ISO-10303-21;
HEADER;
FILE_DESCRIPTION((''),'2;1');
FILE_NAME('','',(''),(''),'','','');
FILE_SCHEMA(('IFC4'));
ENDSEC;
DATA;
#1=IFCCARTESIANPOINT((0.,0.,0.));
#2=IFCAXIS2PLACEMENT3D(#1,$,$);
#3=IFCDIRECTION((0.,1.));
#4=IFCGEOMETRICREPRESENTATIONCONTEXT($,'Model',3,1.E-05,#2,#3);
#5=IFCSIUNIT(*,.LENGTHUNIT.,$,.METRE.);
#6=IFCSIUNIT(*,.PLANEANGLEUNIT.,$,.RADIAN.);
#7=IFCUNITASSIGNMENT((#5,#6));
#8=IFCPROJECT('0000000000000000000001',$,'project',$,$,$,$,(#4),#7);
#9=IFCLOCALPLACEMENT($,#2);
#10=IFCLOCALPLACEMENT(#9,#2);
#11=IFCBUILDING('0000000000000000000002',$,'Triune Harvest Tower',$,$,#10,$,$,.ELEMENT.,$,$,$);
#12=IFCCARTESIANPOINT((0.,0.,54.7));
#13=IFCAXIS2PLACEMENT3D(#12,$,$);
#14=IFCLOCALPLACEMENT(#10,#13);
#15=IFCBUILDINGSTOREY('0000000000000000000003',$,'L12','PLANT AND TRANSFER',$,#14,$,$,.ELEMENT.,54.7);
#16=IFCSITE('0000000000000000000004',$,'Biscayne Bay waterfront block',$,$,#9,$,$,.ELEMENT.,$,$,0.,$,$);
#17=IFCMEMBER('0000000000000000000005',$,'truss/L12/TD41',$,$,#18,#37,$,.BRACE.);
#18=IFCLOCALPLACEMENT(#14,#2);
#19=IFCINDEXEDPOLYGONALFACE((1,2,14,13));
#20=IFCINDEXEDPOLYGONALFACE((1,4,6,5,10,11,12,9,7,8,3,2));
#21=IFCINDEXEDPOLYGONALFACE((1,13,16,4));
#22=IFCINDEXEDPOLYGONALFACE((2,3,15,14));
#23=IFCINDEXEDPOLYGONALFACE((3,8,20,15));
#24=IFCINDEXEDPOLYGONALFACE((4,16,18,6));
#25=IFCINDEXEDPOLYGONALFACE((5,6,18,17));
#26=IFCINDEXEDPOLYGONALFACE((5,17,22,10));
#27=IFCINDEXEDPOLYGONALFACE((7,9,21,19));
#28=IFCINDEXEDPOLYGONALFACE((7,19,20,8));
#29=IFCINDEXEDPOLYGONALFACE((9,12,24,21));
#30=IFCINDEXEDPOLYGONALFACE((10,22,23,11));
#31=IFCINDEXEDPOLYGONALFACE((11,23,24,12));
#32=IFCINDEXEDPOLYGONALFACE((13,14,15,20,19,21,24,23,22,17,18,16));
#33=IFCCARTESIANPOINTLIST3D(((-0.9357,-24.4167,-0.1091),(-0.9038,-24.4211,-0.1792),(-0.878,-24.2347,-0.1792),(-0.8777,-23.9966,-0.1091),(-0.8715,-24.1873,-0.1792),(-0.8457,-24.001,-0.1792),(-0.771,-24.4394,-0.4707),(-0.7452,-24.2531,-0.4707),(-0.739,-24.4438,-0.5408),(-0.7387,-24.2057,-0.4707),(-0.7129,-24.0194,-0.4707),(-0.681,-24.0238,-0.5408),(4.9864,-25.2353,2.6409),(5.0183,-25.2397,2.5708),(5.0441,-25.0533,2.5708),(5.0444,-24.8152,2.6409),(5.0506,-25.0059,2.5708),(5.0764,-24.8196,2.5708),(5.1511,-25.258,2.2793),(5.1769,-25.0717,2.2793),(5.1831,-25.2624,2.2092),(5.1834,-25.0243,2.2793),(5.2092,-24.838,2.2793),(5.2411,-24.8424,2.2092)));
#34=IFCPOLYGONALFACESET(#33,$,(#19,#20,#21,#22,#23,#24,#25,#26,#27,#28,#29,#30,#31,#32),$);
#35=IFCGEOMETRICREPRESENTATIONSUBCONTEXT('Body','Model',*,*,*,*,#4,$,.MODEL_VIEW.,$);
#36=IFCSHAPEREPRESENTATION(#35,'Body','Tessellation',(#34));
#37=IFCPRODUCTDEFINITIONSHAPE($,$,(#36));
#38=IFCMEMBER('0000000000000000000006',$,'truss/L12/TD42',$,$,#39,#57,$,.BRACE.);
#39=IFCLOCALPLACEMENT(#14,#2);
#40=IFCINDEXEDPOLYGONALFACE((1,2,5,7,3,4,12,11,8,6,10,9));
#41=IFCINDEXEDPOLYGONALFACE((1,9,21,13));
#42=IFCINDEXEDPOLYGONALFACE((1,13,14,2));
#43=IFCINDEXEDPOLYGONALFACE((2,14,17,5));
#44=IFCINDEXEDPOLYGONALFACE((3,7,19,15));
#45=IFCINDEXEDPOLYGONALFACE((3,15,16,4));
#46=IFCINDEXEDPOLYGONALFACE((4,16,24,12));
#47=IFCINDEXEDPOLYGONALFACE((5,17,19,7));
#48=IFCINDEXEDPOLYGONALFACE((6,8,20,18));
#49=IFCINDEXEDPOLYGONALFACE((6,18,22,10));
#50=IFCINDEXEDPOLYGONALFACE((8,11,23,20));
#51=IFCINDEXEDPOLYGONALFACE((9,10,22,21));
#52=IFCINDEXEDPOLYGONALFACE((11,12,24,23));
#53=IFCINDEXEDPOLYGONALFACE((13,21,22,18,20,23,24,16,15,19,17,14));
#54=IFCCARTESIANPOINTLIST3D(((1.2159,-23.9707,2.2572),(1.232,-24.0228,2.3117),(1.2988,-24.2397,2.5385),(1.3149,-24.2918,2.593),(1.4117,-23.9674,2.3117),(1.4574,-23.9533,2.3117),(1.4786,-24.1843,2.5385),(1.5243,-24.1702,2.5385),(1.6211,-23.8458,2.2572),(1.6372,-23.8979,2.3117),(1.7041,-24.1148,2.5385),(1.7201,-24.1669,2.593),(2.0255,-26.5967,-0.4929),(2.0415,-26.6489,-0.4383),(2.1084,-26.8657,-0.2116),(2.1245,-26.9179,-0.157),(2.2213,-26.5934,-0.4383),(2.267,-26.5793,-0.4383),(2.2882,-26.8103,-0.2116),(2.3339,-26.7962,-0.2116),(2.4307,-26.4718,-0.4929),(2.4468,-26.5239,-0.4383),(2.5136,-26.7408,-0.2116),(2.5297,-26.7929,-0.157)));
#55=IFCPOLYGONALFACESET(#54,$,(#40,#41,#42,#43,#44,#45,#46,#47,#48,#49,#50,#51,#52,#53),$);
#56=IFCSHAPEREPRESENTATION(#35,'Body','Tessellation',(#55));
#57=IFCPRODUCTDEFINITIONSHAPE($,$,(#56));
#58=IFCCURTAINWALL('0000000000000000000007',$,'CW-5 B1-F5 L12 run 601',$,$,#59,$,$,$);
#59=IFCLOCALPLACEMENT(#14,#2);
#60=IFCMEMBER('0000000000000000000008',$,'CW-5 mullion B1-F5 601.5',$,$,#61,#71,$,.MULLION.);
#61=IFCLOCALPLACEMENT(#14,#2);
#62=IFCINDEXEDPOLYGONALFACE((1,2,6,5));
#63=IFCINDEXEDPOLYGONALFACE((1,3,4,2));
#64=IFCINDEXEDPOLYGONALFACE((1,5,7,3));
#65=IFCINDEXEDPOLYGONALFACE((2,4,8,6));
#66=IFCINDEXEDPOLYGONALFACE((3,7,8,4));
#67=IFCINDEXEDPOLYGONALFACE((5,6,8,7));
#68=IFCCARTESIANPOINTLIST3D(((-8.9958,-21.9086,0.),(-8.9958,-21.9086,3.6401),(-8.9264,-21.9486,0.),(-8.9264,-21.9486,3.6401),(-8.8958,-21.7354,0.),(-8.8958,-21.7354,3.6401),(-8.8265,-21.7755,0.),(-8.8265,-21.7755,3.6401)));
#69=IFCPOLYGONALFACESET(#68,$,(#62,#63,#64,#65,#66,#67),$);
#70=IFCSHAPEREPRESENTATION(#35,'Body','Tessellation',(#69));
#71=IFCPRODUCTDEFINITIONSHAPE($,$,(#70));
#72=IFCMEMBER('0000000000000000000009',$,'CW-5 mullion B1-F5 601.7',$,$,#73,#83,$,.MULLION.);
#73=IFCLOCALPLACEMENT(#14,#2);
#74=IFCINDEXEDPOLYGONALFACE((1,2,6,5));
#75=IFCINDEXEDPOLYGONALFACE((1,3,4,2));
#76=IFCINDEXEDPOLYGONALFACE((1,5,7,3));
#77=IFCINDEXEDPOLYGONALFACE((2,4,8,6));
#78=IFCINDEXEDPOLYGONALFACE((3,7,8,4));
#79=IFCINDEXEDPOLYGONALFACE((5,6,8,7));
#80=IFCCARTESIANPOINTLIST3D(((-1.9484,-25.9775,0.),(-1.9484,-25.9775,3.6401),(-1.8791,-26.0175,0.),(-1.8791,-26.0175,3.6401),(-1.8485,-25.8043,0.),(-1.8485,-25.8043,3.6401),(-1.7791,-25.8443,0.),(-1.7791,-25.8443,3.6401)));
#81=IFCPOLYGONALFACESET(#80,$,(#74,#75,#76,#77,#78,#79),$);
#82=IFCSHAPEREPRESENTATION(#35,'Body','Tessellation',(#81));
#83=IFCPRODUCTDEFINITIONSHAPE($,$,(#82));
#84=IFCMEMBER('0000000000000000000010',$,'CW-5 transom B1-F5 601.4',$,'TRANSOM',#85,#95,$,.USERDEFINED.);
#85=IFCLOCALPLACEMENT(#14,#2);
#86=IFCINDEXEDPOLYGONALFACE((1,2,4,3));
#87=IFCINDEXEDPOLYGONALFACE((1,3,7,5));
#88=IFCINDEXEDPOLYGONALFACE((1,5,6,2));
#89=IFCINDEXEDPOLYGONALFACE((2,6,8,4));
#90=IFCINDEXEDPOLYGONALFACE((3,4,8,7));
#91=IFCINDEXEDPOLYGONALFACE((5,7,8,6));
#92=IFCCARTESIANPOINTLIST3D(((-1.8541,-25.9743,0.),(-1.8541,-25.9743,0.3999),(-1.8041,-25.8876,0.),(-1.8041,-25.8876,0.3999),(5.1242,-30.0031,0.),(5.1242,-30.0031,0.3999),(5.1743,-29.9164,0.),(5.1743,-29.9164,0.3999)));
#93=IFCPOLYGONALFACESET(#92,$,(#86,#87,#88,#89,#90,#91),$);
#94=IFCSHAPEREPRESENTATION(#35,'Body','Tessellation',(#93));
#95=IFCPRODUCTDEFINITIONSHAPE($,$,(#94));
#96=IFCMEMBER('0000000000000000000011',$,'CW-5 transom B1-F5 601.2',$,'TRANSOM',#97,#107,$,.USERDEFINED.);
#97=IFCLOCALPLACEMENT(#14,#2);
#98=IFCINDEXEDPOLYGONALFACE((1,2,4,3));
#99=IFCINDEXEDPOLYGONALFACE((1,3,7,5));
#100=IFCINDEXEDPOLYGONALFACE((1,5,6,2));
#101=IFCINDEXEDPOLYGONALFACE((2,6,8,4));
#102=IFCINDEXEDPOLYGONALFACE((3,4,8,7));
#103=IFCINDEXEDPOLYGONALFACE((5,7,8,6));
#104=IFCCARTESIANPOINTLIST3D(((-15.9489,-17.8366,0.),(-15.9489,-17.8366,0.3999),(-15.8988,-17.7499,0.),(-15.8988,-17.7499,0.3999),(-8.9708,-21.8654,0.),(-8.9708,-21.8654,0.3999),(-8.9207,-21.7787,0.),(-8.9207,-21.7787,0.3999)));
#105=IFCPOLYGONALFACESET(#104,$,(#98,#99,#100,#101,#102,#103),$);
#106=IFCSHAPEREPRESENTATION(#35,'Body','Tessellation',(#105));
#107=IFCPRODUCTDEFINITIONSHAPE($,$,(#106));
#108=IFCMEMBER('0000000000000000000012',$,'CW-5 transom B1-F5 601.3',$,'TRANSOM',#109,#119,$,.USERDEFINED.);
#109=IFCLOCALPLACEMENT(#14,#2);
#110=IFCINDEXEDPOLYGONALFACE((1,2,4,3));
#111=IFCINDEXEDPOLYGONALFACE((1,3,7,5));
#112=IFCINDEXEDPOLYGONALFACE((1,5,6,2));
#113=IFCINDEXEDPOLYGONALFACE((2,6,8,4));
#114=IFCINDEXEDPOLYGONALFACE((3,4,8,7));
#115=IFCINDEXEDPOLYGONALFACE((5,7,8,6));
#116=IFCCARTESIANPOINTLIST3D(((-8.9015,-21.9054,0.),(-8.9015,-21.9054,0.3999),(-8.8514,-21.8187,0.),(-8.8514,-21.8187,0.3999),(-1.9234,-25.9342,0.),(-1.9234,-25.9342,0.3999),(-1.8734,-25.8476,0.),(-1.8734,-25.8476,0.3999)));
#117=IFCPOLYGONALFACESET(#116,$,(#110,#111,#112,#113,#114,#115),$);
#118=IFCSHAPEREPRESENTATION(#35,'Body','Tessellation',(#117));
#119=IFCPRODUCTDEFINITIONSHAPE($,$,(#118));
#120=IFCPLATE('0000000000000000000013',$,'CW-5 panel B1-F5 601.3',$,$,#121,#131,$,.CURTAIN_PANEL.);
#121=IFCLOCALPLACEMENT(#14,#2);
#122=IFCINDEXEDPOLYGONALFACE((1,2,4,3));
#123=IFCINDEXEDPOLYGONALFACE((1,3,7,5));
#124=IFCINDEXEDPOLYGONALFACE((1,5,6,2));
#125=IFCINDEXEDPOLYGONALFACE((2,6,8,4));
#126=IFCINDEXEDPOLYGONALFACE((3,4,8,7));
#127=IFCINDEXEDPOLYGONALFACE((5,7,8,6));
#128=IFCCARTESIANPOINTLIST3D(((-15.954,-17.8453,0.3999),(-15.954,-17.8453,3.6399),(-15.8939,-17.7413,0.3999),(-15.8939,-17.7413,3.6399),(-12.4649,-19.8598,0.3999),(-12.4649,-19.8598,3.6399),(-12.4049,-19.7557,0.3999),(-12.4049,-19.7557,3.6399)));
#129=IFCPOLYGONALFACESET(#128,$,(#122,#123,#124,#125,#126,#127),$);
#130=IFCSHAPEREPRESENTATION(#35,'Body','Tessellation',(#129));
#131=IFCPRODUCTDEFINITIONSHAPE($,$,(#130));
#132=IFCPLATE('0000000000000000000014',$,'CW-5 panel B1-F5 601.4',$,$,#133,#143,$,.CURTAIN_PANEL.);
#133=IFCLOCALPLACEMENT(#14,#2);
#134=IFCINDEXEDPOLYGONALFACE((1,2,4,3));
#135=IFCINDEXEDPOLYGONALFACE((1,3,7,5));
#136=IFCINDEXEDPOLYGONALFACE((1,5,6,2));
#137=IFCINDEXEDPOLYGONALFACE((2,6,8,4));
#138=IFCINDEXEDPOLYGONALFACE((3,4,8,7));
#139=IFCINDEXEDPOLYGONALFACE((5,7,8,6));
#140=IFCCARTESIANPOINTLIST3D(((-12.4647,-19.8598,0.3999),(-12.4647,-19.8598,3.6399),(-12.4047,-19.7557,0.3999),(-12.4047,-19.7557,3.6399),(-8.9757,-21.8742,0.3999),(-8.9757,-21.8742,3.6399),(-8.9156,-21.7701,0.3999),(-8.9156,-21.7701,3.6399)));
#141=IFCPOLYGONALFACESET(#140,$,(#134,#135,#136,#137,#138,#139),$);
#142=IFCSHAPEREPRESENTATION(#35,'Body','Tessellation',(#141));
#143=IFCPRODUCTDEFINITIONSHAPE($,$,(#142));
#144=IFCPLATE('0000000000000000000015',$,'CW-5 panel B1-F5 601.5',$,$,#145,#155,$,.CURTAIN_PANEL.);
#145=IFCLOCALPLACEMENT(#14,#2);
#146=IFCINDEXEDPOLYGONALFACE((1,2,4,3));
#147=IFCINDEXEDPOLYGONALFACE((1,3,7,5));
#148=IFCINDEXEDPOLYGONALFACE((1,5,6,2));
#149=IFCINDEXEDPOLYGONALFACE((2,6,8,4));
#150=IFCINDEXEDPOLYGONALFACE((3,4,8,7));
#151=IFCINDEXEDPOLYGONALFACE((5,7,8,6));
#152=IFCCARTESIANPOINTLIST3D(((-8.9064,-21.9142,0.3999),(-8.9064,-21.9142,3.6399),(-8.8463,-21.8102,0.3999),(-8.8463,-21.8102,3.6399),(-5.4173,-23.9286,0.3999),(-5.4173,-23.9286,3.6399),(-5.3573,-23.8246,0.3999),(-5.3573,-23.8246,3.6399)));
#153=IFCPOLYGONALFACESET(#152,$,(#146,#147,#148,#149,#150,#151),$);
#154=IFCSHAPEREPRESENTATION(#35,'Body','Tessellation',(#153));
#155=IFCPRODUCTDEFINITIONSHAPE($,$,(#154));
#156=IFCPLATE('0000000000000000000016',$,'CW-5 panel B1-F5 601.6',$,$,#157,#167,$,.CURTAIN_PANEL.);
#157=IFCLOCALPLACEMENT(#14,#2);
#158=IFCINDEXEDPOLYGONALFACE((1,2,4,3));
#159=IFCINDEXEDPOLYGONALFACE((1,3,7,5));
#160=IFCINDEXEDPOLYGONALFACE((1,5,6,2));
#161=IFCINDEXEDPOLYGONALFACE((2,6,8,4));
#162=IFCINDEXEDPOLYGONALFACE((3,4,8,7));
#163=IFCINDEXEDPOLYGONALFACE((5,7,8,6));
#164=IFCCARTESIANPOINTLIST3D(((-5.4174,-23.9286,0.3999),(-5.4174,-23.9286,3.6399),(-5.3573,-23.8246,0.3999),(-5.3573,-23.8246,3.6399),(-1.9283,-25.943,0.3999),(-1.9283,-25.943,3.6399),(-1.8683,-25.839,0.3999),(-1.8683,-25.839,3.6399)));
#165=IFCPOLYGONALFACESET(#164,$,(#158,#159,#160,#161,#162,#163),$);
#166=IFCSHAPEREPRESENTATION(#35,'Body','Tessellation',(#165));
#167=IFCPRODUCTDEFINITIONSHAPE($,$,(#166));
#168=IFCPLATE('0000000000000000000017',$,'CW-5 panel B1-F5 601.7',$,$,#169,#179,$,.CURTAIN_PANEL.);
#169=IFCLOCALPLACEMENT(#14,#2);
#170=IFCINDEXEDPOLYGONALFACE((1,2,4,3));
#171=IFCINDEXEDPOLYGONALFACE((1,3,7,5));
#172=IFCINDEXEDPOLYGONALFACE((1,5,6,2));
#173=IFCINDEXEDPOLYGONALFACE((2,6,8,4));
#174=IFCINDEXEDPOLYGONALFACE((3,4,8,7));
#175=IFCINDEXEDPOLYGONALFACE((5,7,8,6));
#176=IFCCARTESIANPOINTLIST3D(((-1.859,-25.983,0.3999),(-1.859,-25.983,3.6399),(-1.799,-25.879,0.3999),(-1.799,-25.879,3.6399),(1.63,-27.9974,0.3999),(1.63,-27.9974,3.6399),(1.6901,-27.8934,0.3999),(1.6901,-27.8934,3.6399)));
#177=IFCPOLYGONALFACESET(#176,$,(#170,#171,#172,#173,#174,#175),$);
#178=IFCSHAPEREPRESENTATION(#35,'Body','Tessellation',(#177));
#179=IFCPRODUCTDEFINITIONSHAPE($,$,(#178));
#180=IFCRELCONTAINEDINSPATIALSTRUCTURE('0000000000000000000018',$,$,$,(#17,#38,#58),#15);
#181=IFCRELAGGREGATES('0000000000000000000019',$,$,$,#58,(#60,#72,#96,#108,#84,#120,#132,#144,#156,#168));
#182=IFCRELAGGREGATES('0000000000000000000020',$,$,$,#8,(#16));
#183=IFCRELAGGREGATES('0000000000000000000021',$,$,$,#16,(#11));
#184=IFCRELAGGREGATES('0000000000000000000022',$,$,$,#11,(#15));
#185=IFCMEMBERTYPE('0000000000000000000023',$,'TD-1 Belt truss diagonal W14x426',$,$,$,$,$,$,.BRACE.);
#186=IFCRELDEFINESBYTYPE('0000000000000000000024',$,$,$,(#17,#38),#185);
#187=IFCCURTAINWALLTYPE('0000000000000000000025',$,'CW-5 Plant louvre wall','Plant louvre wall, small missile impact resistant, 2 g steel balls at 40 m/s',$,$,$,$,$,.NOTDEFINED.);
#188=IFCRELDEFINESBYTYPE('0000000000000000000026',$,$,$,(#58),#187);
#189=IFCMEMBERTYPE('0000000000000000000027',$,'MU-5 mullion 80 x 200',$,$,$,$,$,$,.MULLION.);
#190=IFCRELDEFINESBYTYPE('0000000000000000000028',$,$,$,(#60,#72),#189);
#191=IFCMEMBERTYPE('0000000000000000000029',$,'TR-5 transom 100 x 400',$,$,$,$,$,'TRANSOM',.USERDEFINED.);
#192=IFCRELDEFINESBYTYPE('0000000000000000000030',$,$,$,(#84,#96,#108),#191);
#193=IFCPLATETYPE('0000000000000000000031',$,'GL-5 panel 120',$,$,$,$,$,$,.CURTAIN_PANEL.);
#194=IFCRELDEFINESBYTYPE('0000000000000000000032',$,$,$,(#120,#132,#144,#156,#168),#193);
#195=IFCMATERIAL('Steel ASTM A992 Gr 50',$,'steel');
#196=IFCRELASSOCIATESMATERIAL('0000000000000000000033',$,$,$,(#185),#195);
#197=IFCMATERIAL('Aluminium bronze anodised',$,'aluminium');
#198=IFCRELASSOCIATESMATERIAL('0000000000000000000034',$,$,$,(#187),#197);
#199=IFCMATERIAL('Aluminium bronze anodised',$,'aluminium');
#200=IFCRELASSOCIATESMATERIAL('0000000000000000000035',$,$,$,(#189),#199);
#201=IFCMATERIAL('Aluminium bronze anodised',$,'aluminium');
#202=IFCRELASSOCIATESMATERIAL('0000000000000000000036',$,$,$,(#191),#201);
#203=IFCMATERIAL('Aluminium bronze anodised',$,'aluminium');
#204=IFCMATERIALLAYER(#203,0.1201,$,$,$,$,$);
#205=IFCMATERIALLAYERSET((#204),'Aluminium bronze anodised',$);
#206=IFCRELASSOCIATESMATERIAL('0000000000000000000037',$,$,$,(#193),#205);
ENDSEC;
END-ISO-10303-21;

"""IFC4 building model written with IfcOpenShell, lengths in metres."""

from ifc_helpers import new_model, si_unit, direction, frame, origin, origin_2d, place, context, subcontext, project, spatial, rectangle, i_section, extrude, source, transform, mapped, material, layer, layer_set, material_profile, profile_set, type_object, element, aggregate, save


model = new_model("IFC4")

# Units and contexts
model_context = context("Model", 3, precision=1e-05, world=origin(), true_north=direction((0.0, 1.0)))
body_context = subcontext(model_context, "Body", "Model", "MODEL_VIEW")
ifc_project = project(units=[si_unit("LENGTHUNIT", "METRE"), si_unit("PLANEANGLEUNIT", "RADIAN")], contexts=[model_context])

# Site, building, storey
site_placement = place(None, origin())
site = spatial("IfcSite", under=ifc_project, at=site_placement, Name="Biscayne Bay waterfront block", CompositionType="ELEMENT", RefElevation=0.0)
building_placement = place(site_placement, origin())
building = spatial("IfcBuilding", under=site, at=building_placement, Name="Triune Harvest Tower", CompositionType="ELEMENT")
storey_placement = place(building_placement, frame((0.0, 0.0, 54.7)))
storey = spatial("IfcBuildingStorey", under=building, at=storey_placement, Name="L12", Description="PLANT AND TRANSFER", CompositionType="ELEMENT", Elevation=54.7)

# Shared definitions
ifc_material_1 = material(Name="Steel ASTM A992 Gr 50", Category="steel")
ifc_material_profile_1 = material_profile(ifc_material_1, i_section(OverallWidth=0.4241, OverallDepth=0.4751, WebThickness=0.0479, FlangeThickness=0.0771, at=origin_2d()), Name="W14x426")
ifc_profile_set_1 = profile_set([ifc_material_profile_1], Name="Steel ASTM A992 Gr 50")
member_type_1 = type_object("IfcMemberType", Name="TD-1 Belt truss diagonal W14x426", PredefinedType="BRACE", material=ifc_profile_set_1)

# Members
shared_shape_1 = source(origin(), body_context, "Body", "SweptSolid", [
    extrude(i_section(OverallWidth=0.4241, OverallDepth=0.4751, WebThickness=0.0479, FlangeThickness=0.0771, at=origin_2d()), origin(), (0.0, 0.0, 1.0), 6.5806),
])
member_1_placement = place(storey_placement, frame((-0.8083, -24.2202, -0.325), z_axis=(0.899938, -0.124397, 0.417896), x_axis=(0.136926, 0.990581, 0.0)))
element("IfcMember", 1, at=member_1_placement, inside=storey, type_object=member_type_1, Name="truss/L12/TD41", PredefinedType="BRACE", context=body_context, shape_type="MappedRepresentation", body=[
    mapped(shared_shape_1, transform((0.0, 0.0, 0.0), scale=1.0)),
])
shared_shape_2 = source(origin(), body_context, "Body", "SweptSolid", [
    extrude(i_section(OverallWidth=0.4241, OverallDepth=0.4751, WebThickness=0.0479, FlangeThickness=0.0771, at=origin_2d()), origin(), (0.0, 0.0, 1.0), 3.8877),
])
member_2_placement = place(storey_placement, frame((2.2776, -26.6948, -0.325), z_axis=(-0.208243, 0.67547, 0.707372), x_axis=(-0.955618, -0.29461, 0.0)))
element("IfcMember", 2, at=member_2_placement, inside=storey, type_object=member_type_1, Name="truss/L12/TD42", PredefinedType="BRACE", context=body_context, shape_type="MappedRepresentation", body=[
    mapped(shared_shape_2, transform((0.0, 0.0, 0.0), scale=1.0)),
])

# Curtain wall, members, plates
ifc_material_2 = material(Name="Aluminium bronze anodised", Category="aluminium")
curtain_wall_type = type_object("IfcCurtainWallType", Name="CW-5 Plant louvre wall", Description="Plant louvre wall, small missile impact resistant, 2 g steel balls at 40 m/s", PredefinedType="NOTDEFINED", material=ifc_material_2)
curtain_wall_placement = place(storey_placement, origin())
curtain_wall = element("IfcCurtainWall", 3, at=curtain_wall_placement, inside=storey, type_object=curtain_wall_type, Name="CW-5 B1-F5 L12 run 601")
ifc_material_3 = material(Name="Aluminium bronze anodised", Category="aluminium")
ifc_material_profile_2 = material_profile(ifc_material_3, rectangle(XDim=0.2, YDim=0.0801, at=origin_2d()), Name="MU-5 mullion 80 x 200")
ifc_profile_set_2 = profile_set([ifc_material_profile_2], Name="Aluminium bronze anodised")
member_type_2 = type_object("IfcMemberType", Name="MU-5 mullion 80 x 200", PredefinedType="MULLION", material=ifc_profile_set_2)
shared_shape_3 = source(origin(), body_context, "Body", "SweptSolid", [
    extrude(rectangle(XDim=0.2, YDim=0.0801, at=origin_2d()), origin(), (0.0, 0.0, 1.0), 3.6401),
])
member_3_placement = place(storey_placement, frame((-8.9111, -21.842, 0.0), z_axis=(0.0, 0.0, 1.0), x_axis=(0.5, 0.866025, 0.0)))
member_3 = element("IfcMember", 4, at=member_3_placement, type_object=member_type_2, Name="CW-5 mullion B1-F5 601.5", PredefinedType="MULLION", context=body_context, shape_type="MappedRepresentation", body=[
    mapped(shared_shape_3, transform((0.0, 0.0, 0.0), scale=1.0)),
])
member_4_placement = place(storey_placement, frame((-1.8638, -25.9109, 0.0), z_axis=(0.0, 0.0, 1.0), x_axis=(0.5, 0.866025, 0.0)))
member_4 = element("IfcMember", 5, at=member_4_placement, type_object=member_type_2, Name="CW-5 mullion B1-F5 601.7", PredefinedType="MULLION", context=body_context, shape_type="MappedRepresentation", body=[
    mapped(shared_shape_3, transform((0.0, 0.0, 0.0), scale=1.0)),
])
ifc_material_4 = material(Name="Aluminium bronze anodised", Category="aluminium")
ifc_material_profile_3 = material_profile(ifc_material_4, rectangle(XDim=0.1001, YDim=0.3999, at=origin_2d()), Name="TR-5 transom 100 x 400")
ifc_profile_set_3 = profile_set([ifc_material_profile_3], Name="Aluminium bronze anodised")
member_type_3 = type_object("IfcMemberType", Name="TR-5 transom 100 x 400", ElementType="TRANSOM", PredefinedType="USERDEFINED", material=ifc_profile_set_3)
shared_shape_4 = source(origin(), body_context, "Body", "SweptSolid", [
    extrude(rectangle(XDim=0.1001, YDim=0.3999, at=origin_2d()), origin(), (0.0, 0.0, 1.0), 8.0579),
])
member_5_placement = place(storey_placement, frame((-1.8291, -25.9309, 0.2), z_axis=(0.866031, -0.499991, 0.0), x_axis=(0.499991, 0.866031, 0.0)))
member_5 = element("IfcMember", 6, at=member_5_placement, type_object=member_type_3, Name="CW-5 transom B1-F5 601.4", ObjectType="TRANSOM", PredefinedType="USERDEFINED", context=body_context, shape_type="MappedRepresentation", body=[
    mapped(shared_shape_4, transform((0.0, 0.0, 0.0), scale=1.0)),
])
shared_shape_5 = source(origin(), body_context, "Body", "SweptSolid", [
    extrude(rectangle(XDim=0.1001, YDim=0.3999, at=origin_2d()), origin(), (0.0, 0.0, 1.0), 8.0576),
])
member_6_placement = place(storey_placement, frame((-15.9238, -17.7932, 0.2), z_axis=(0.866023, -0.500004, 0.0), x_axis=(0.500004, 0.866023, 0.0)))
member_6 = element("IfcMember", 7, at=member_6_placement, type_object=member_type_3, Name="CW-5 transom B1-F5 601.2", ObjectType="TRANSOM", PredefinedType="USERDEFINED", context=body_context, shape_type="MappedRepresentation", body=[
    mapped(shared_shape_5, transform((0.0, 0.0, 0.0), scale=1.0)),
])
member_7_placement = place(storey_placement, frame((-8.8765, -21.8621, 0.2), z_axis=(0.866023, -0.500004, 0.0), x_axis=(0.500004, 0.866023, 0.0)))
member_7 = element("IfcMember", 8, at=member_7_placement, type_object=member_type_3, Name="CW-5 transom B1-F5 601.3", ObjectType="TRANSOM", PredefinedType="USERDEFINED", context=body_context, shape_type="MappedRepresentation", body=[
    mapped(shared_shape_5, transform((0.0, 0.0, 0.0), scale=1.0)),
])
ifc_material_5 = material(Name="Aluminium bronze anodised", Category="aluminium")
ifc_layer_1 = layer(ifc_material_5, 0.1201)
ifc_layer_set_1 = layer_set([ifc_layer_1], Name="Aluminium bronze anodised")
plate_type = type_object("IfcPlateType", Name="GL-5 panel 120", PredefinedType="CURTAIN_PANEL", material=ifc_layer_set_1)
shared_shape_6 = source(origin(), body_context, "Body", "SweptSolid", [
    extrude(rectangle(XDim=4.0288, YDim=0.1201, at=origin_2d()), origin(), (0.0, 0.0, 1.0), 3.24),
])
plate_1_placement = place(storey_placement, frame((-14.1794, -18.8005, 0.3999), z_axis=(0.0, 0.0, 1.0), x_axis=(0.866025, -0.5, 0.0)))
plate_1 = element("IfcPlate", 9, at=plate_1_placement, type_object=plate_type, Name="CW-5 panel B1-F5 601.3", PredefinedType="CURTAIN_PANEL", context=body_context, shape_type="MappedRepresentation", body=[
    mapped(shared_shape_6, transform((0.0, 0.0, 0.0), scale=1.0)),
])
plate_2_placement = place(storey_placement, frame((-10.6902, -20.8149, 0.3999), z_axis=(0.0, 0.0, 1.0), x_axis=(0.866025, -0.5, 0.0)))
plate_2 = element("IfcPlate", 10, at=plate_2_placement, type_object=plate_type, Name="CW-5 panel B1-F5 601.4", PredefinedType="CURTAIN_PANEL", context=body_context, shape_type="MappedRepresentation", body=[
    mapped(shared_shape_6, transform((0.0, 0.0, 0.0), scale=1.0)),
])
plate_3_placement = place(storey_placement, frame((-7.1318, -22.8694, 0.3999), z_axis=(0.0, 0.0, 1.0), x_axis=(0.866025, -0.5, 0.0)))
plate_3 = element("IfcPlate", 11, at=plate_3_placement, type_object=plate_type, Name="CW-5 panel B1-F5 601.5", PredefinedType="CURTAIN_PANEL", context=body_context, shape_type="MappedRepresentation", body=[
    mapped(shared_shape_6, transform((0.0, 0.0, 0.0), scale=1.0)),
])
plate_4_placement = place(storey_placement, frame((-3.6428, -24.8838, 0.3999), z_axis=(0.0, 0.0, 1.0), x_axis=(0.866025, -0.5, 0.0)))
plate_4 = element("IfcPlate", 12, at=plate_4_placement, type_object=plate_type, Name="CW-5 panel B1-F5 601.6", PredefinedType="CURTAIN_PANEL", context=body_context, shape_type="MappedRepresentation", body=[
    mapped(shared_shape_6, transform((0.0, 0.0, 0.0), scale=1.0)),
])
plate_5_placement = place(storey_placement, frame((-0.0845, -26.9382, 0.3999), z_axis=(0.0, 0.0, 1.0), x_axis=(0.866025, -0.5, 0.0)))
plate_5 = element("IfcPlate", 13, at=plate_5_placement, type_object=plate_type, Name="CW-5 panel B1-F5 601.7", PredefinedType="CURTAIN_PANEL", context=body_context, shape_type="MappedRepresentation", body=[
    mapped(shared_shape_6, transform((0.0, 0.0, 0.0), scale=1.0)),
])
aggregate(curtain_wall, [member_3, member_4, member_6, member_7, member_5, plate_1, plate_2, plate_3, plate_4, plate_5])

save(model, "model.ifc")
